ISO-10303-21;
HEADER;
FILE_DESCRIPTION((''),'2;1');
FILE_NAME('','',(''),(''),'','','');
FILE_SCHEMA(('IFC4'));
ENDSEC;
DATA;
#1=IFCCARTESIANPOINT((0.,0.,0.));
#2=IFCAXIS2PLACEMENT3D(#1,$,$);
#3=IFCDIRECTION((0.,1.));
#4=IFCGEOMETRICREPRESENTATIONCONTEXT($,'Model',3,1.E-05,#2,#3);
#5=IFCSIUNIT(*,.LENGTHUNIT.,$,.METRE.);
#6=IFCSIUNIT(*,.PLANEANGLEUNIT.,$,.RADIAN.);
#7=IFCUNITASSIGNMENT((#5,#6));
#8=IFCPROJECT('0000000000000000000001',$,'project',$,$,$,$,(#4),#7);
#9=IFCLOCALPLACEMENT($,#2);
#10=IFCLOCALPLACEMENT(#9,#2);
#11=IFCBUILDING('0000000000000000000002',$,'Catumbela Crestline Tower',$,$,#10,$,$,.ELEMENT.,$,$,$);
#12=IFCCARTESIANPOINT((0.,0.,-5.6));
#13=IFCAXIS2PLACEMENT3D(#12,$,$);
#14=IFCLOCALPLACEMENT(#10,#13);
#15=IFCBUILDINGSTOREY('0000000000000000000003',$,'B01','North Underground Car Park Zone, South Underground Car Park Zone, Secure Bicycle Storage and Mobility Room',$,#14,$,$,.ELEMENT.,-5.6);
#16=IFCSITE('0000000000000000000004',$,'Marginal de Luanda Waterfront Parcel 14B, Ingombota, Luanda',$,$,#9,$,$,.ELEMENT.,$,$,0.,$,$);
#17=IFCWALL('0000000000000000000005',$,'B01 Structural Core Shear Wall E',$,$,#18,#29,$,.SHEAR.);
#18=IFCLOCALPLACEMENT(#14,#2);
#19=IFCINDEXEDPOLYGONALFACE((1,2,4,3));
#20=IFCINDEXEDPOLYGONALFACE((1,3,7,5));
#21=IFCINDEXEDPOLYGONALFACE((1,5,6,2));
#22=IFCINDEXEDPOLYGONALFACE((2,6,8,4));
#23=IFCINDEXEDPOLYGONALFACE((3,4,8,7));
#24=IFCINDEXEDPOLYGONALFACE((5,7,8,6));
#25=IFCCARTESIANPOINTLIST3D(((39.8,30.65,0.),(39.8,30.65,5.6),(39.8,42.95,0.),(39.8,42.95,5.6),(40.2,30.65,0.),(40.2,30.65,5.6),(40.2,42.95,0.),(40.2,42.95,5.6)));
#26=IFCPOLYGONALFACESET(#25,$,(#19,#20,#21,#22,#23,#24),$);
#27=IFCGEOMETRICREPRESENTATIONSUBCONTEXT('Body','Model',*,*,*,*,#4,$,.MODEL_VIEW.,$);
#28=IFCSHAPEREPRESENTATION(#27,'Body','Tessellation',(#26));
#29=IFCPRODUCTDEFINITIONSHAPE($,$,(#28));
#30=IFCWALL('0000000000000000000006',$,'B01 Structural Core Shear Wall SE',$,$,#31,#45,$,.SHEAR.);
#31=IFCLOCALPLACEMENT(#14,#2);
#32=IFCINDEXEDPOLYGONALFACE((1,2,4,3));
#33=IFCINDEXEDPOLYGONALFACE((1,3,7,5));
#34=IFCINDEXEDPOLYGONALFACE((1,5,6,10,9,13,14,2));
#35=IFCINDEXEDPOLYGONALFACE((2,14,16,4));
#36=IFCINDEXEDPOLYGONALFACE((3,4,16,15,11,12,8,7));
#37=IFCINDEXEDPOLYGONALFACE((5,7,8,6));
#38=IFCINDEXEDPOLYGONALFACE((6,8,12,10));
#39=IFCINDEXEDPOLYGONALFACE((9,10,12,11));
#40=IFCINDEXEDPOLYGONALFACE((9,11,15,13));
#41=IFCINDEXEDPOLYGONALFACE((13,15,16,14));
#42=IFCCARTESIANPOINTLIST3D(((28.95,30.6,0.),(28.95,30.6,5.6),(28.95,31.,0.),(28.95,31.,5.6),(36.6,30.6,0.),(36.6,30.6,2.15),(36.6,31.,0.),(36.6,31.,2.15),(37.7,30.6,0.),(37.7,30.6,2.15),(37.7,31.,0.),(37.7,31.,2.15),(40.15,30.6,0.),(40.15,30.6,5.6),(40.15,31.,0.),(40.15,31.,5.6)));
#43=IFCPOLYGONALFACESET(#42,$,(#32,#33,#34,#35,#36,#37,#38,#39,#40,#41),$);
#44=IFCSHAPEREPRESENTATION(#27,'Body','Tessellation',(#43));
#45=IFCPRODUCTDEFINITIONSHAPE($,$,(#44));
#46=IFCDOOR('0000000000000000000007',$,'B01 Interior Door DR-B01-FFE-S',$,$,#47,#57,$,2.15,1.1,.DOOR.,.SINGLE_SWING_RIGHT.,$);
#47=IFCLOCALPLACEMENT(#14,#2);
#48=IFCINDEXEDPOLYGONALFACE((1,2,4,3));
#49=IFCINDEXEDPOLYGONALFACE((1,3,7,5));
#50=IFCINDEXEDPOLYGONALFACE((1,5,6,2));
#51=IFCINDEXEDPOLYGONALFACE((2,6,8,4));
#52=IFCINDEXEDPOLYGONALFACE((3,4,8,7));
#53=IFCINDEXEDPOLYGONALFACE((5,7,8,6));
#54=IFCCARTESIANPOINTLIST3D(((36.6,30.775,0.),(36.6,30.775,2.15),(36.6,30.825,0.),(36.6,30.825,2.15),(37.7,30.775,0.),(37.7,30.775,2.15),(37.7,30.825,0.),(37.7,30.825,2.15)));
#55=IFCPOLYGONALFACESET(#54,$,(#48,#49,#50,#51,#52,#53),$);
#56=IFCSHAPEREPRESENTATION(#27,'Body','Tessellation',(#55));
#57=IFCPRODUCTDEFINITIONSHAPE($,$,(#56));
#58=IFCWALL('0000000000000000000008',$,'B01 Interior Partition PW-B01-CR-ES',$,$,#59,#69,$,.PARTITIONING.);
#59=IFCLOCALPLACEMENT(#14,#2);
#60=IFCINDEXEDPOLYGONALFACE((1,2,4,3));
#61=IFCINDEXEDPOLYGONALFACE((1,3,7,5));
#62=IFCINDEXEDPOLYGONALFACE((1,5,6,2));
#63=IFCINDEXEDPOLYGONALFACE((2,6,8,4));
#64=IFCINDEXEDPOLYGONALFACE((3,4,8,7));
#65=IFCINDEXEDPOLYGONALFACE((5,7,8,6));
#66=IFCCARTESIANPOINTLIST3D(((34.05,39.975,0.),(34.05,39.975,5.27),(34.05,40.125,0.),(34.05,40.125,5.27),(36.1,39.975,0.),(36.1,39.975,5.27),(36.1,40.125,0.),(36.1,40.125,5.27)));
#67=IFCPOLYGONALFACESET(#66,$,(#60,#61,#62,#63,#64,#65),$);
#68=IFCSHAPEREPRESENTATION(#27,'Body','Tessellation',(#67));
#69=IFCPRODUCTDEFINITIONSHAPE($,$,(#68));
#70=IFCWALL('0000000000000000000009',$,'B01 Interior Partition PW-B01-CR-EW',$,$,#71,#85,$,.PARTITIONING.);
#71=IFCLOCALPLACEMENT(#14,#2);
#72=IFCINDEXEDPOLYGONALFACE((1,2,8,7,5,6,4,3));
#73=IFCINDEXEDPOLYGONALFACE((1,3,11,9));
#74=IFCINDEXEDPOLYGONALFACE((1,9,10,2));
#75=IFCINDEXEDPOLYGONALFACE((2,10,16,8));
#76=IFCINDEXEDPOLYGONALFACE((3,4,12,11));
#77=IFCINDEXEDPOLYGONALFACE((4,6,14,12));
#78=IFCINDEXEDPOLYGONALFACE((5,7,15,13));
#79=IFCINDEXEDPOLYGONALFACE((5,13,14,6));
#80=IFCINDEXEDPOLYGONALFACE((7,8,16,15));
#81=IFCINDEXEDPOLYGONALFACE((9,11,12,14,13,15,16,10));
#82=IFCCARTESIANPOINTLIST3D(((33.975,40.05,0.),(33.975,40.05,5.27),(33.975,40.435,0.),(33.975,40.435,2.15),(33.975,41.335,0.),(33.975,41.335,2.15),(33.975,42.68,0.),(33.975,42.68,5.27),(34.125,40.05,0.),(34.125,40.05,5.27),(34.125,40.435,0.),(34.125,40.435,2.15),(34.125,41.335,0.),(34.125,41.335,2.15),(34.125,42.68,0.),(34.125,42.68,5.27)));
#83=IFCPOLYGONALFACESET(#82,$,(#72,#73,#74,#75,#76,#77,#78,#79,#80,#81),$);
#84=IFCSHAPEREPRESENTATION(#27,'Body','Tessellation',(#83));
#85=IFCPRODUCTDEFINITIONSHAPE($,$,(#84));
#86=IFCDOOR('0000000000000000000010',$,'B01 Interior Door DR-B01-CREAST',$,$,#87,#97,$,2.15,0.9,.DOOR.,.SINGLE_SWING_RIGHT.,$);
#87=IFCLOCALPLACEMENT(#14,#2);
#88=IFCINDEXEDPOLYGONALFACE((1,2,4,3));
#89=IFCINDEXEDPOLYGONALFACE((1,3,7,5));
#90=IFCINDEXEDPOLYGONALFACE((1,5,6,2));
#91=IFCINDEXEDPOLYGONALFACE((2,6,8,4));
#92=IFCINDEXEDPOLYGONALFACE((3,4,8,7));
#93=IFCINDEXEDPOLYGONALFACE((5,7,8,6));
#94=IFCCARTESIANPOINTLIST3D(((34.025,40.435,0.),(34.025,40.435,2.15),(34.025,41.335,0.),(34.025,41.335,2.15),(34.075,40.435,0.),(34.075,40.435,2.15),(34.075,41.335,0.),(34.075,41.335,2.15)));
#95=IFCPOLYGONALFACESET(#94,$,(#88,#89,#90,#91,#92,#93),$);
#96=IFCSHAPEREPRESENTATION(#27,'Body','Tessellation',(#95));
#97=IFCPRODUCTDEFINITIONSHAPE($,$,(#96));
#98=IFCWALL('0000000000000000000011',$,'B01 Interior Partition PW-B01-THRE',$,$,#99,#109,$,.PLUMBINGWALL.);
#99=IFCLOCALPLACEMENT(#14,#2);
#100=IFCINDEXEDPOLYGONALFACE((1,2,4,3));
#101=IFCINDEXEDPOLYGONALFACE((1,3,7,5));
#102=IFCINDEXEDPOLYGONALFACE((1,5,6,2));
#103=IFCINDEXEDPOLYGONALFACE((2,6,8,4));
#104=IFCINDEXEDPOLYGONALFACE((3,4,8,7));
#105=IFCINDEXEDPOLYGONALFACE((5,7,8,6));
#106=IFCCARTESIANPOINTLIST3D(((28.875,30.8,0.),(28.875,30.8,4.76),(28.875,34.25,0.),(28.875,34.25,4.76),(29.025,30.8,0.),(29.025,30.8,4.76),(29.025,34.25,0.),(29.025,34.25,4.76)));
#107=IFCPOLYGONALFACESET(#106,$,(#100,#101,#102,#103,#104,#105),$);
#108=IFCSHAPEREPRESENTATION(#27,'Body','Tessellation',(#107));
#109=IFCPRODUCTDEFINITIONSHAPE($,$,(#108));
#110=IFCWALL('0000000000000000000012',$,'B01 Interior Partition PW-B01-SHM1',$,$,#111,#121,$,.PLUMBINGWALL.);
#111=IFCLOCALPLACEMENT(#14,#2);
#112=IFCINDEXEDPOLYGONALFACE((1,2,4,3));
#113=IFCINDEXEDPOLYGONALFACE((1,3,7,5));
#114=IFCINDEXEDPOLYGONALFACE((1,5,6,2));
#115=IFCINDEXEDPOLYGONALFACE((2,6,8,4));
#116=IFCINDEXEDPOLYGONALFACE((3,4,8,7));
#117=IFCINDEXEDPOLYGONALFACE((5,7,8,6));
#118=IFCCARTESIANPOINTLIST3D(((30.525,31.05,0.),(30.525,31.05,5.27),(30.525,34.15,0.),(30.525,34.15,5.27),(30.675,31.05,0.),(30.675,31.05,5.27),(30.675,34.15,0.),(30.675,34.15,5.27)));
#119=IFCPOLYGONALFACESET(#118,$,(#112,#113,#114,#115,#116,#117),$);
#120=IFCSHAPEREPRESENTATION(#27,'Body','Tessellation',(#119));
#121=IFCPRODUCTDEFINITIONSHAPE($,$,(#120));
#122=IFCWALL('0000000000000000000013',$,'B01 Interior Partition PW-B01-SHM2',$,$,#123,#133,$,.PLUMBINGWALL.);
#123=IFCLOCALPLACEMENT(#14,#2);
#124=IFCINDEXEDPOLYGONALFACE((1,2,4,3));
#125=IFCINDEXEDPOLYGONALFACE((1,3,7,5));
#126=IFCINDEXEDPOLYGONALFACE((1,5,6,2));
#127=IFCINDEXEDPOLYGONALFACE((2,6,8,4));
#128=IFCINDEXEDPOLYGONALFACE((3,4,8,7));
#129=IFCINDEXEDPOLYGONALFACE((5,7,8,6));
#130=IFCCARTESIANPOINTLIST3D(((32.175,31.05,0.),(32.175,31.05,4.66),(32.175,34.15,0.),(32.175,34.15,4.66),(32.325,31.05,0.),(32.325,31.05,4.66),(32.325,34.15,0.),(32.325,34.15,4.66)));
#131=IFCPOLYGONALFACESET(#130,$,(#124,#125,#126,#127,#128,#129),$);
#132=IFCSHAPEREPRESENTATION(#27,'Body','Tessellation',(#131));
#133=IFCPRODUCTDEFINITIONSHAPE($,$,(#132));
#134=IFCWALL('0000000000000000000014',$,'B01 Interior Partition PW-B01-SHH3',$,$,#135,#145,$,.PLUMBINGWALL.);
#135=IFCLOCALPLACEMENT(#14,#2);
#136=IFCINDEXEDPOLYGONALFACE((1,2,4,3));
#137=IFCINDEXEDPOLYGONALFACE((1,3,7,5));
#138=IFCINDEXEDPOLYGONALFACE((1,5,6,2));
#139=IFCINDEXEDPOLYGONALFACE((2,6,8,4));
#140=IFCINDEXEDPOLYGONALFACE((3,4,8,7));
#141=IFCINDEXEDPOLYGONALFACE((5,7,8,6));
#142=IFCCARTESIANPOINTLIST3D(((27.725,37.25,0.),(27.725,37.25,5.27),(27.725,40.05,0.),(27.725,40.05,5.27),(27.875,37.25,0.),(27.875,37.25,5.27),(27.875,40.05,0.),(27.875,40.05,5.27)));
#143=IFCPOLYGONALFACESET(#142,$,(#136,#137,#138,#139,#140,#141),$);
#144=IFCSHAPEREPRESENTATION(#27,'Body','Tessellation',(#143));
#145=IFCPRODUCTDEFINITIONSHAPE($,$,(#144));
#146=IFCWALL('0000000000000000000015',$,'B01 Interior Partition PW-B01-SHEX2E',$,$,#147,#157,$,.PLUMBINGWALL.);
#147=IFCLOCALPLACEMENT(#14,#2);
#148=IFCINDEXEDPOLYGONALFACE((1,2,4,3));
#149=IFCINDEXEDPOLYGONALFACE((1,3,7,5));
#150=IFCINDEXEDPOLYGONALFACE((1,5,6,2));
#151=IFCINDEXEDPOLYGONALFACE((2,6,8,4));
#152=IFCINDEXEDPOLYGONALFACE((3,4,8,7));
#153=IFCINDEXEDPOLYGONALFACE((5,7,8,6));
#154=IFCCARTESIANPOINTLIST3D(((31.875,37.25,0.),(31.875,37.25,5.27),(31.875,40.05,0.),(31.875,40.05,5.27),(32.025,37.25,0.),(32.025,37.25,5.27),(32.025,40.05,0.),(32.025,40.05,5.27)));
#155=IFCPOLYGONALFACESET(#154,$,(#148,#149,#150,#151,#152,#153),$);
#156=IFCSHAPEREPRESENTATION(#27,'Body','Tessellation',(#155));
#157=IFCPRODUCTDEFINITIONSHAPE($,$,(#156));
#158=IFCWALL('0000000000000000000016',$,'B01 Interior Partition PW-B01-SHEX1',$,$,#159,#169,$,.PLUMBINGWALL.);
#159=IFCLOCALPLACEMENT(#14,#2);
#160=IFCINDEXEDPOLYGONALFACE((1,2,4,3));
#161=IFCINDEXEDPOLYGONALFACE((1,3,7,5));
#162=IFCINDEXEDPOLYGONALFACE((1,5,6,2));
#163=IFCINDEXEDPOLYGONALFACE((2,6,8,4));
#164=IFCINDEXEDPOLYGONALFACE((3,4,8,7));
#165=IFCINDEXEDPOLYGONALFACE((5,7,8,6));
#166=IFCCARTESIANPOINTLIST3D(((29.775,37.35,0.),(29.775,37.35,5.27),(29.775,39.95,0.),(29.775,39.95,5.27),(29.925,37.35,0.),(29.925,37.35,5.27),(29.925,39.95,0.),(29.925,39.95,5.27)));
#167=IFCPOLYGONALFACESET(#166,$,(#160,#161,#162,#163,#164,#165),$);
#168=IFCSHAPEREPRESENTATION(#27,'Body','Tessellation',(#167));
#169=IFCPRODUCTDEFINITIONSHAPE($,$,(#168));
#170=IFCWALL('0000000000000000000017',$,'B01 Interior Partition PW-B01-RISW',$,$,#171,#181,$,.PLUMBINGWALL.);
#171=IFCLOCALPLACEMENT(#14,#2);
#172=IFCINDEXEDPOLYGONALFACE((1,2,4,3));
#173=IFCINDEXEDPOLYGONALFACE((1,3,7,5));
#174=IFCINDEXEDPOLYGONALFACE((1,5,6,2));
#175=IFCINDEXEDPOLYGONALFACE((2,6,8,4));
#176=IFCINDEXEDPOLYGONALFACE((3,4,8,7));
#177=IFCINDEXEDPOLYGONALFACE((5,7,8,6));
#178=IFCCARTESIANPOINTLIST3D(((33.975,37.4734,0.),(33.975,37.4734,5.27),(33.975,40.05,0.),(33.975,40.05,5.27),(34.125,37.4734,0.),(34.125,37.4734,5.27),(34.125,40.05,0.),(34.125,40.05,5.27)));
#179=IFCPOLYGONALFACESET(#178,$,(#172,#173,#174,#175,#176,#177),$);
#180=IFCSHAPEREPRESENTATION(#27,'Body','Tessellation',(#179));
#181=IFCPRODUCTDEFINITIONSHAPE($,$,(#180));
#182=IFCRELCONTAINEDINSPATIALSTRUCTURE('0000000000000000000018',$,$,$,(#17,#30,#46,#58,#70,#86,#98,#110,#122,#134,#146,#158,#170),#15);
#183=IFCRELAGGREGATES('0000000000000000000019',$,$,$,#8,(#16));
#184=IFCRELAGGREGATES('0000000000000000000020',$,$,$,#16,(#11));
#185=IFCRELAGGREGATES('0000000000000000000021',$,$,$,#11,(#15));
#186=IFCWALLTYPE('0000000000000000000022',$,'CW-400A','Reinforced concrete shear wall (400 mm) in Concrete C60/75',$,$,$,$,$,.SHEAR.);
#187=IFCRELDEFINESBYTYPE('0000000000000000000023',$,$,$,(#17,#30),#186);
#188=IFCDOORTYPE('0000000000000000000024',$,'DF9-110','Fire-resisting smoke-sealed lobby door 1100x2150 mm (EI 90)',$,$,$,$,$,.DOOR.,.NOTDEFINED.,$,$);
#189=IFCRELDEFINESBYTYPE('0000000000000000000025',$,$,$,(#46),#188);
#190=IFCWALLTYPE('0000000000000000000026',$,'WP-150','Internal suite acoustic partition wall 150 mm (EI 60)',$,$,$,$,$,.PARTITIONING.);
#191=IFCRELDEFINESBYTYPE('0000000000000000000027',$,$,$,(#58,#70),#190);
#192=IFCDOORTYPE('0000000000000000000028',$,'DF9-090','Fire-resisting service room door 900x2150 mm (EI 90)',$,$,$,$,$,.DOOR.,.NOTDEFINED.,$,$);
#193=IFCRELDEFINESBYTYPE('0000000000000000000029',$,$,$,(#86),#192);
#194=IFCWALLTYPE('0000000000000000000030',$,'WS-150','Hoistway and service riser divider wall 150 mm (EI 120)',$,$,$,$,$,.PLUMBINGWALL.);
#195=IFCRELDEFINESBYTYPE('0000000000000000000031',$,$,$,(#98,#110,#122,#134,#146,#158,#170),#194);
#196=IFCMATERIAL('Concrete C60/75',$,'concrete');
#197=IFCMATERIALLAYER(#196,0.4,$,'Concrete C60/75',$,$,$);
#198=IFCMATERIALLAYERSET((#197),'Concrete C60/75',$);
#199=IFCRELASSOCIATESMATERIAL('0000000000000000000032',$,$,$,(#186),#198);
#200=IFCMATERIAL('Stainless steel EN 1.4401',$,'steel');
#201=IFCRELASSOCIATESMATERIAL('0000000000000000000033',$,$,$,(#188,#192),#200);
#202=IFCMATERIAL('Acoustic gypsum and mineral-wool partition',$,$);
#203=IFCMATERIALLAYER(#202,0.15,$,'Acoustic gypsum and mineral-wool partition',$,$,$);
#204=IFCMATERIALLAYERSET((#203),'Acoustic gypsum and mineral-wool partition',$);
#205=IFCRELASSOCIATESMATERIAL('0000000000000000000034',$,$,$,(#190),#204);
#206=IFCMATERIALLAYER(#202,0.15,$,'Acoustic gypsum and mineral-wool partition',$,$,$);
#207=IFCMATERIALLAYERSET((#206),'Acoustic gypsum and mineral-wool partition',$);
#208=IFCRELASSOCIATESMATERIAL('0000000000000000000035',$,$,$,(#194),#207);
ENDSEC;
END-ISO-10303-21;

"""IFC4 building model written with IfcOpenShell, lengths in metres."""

from ifc_helpers import new_model, si_unit, direction, frame, frame_2d, origin, place, context, subcontext, project, spatial, rectangle, extrude, material, layer, layer_set, type_object, element, fill, save


model = new_model("IFC4")

# Units and contexts
model_context = context("Model", 3, precision=1e-05, world=origin(), true_north=direction((0.0, 1.0)))
body_context = subcontext(model_context, "Body", "Model", "MODEL_VIEW")
ifc_project = project(units=[si_unit("LENGTHUNIT", "METRE"), si_unit("PLANEANGLEUNIT", "RADIAN")], contexts=[model_context])

# Site, building, storey
site_placement = place(None, origin())
site = spatial("IfcSite", under=ifc_project, at=site_placement, Name="Marginal de Luanda Waterfront Parcel 14B, Ingombota, Luanda", CompositionType="ELEMENT", RefElevation=0.0)
building_placement = place(site_placement, origin())
building = spatial("IfcBuilding", under=site, at=building_placement, Name="Catumbela Crestline Tower", CompositionType="ELEMENT")
storey_placement = place(building_placement, frame((0.0, 0.0, -5.6)))
storey = spatial("IfcBuildingStorey", under=building, at=storey_placement, Name="B01", Description="North Underground Car Park Zone, South Underground Car Park Zone, Secure Bicycle Storage and Mobility Room", CompositionType="ELEMENT", Elevation=-5.6)

# Shared definitions
ifc_material_1 = material(Name="Concrete C60/75", Category="concrete")

# Shared definitions
ifc_material_2 = material(Name="Stainless steel EN 1.4401", Category="steel")

# Wall
ifc_layer_1 = layer(ifc_material_1, 0.4, Name="Concrete C60/75")
ifc_layer_set_1 = layer_set([ifc_layer_1], Name="Concrete C60/75")
wall_type_1 = type_object("IfcWallType", Name="CW-400A", Description="Reinforced concrete shear wall (400 mm) in Concrete C60/75", PredefinedType="SHEAR", material=ifc_layer_set_1)
wall_1_placement = place(storey_placement, frame((40.0, 30.65, 0.0), z_axis=(0.0, 0.0, 1.0), x_axis=(0.0, 1.0, 0.0)))
element("IfcWall", 1, at=wall_1_placement, inside=storey, type_object=wall_type_1, Name="B01 Structural Core Shear Wall E", PredefinedType="SHEAR", context=body_context, shape_type="SweptSolid", body=[
    extrude(rectangle(XDim=12.3, YDim=0.4, at=frame_2d((6.15, 0.0))), origin(), (0.0, 0.0, 1.0), 5.6),
])

# Wall, opening, door
wall_2_placement = place(storey_placement, frame((28.95, 30.8, 0.0), z_axis=(0.0, 0.0, 1.0), x_axis=(1.0, 0.0, 0.0)))
wall_2 = element("IfcWall", 2, at=wall_2_placement, inside=storey, type_object=wall_type_1, Name="B01 Structural Core Shear Wall SE", PredefinedType="SHEAR", context=body_context, shape_type="SweptSolid", body=[
    extrude(rectangle(XDim=11.2, YDim=0.4, at=frame_2d((5.6, 0.0))), origin(), (0.0, 0.0, 1.0), 5.6),
])
opening_1_placement = place(wall_2_placement, frame((7.65, 0.0, 0.0)))
opening_1 = element("IfcOpeningElement", 3, at=opening_1_placement, cuts=wall_2, PredefinedType="OPENING", context=body_context, shape_type="SweptSolid", body=[
    extrude(rectangle(XDim=1.1, YDim=2.15, at=frame_2d((0.55, 1.075))), frame((0.0, 0.21, 0.0), z_axis=(0.0, -1.0, 0.0), x_axis=(1.0, 0.0, 0.0)), (0.0, 0.0, 1.0), 0.42),
])
door_type_1 = type_object("IfcDoorType", Name="DF9-110", Description="Fire-resisting smoke-sealed lobby door 1100x2150 mm (EI 90)", OperationType="NOTDEFINED", PredefinedType="DOOR", material=ifc_material_2)
door_1_placement = place(opening_1_placement, origin())
door_1 = element("IfcDoor", 4, at=door_1_placement, inside=storey, type_object=door_type_1, Name="B01 Interior Door DR-B01-FFE-S", OperationType="SINGLE_SWING_RIGHT", OverallHeight=2.15, OverallWidth=1.1, PredefinedType="DOOR", context=body_context, shape_type="SweptSolid", body=[
    extrude(rectangle(XDim=1.1, YDim=2.15, at=frame_2d((0.55, 1.075))), frame((0.0, 0.025, 0.0), z_axis=(0.0, -1.0, 0.0), x_axis=(1.0, 0.0, 0.0)), (0.0, 0.0, 1.0), 0.05),
])
fill(opening_1, door_1)

# Wall
ifc_material_3 = material(Name="Acoustic gypsum and mineral-wool partition")
ifc_layer_2 = layer(ifc_material_3, 0.15, Name="Acoustic gypsum and mineral-wool partition")
ifc_layer_set_2 = layer_set([ifc_layer_2], Name="Acoustic gypsum and mineral-wool partition")
wall_type_2 = type_object("IfcWallType", Name="WP-150", Description="Internal suite acoustic partition wall 150 mm (EI 60)", PredefinedType="PARTITIONING", material=ifc_layer_set_2)
wall_3_placement = place(storey_placement, frame((34.05, 40.05, 0.0), z_axis=(0.0, 0.0, 1.0), x_axis=(1.0, 0.0, 0.0)))
element("IfcWall", 5, at=wall_3_placement, inside=storey, type_object=wall_type_2, Name="B01 Interior Partition PW-B01-CR-ES", PredefinedType="PARTITIONING", context=body_context, shape_type="SweptSolid", body=[
    extrude(rectangle(XDim=2.05, YDim=0.15, at=frame_2d((1.025, 0.0))), origin(), (0.0, 0.0, 1.0), 5.27),
])

# Wall, opening, door
wall_4_placement = place(storey_placement, frame((34.05, 40.05, 0.0), z_axis=(0.0, 0.0, 1.0), x_axis=(0.0, 1.0, 0.0)))
wall_4 = element("IfcWall", 6, at=wall_4_placement, inside=storey, type_object=wall_type_2, Name="B01 Interior Partition PW-B01-CR-EW", PredefinedType="PARTITIONING", context=body_context, shape_type="SweptSolid", body=[
    extrude(rectangle(XDim=2.63, YDim=0.15, at=frame_2d((1.315, 0.0))), origin(), (0.0, 0.0, 1.0), 5.27),
])
opening_2_placement = place(wall_4_placement, frame((0.385, 0.0, 0.0)))
opening_2 = element("IfcOpeningElement", 7, at=opening_2_placement, cuts=wall_4, PredefinedType="OPENING", context=body_context, shape_type="SweptSolid", body=[
    extrude(rectangle(XDim=0.9, YDim=2.15, at=frame_2d((0.45, 1.075))), frame((0.0, 0.085, 0.0), z_axis=(0.0, -1.0, 0.0), x_axis=(1.0, 0.0, 0.0)), (0.0, 0.0, 1.0), 0.17),
])
door_type_2 = type_object("IfcDoorType", Name="DF9-090", Description="Fire-resisting service room door 900x2150 mm (EI 90)", OperationType="NOTDEFINED", PredefinedType="DOOR", material=ifc_material_2)
door_2_placement = place(opening_2_placement, origin())
door_2 = element("IfcDoor", 8, at=door_2_placement, inside=storey, type_object=door_type_2, Name="B01 Interior Door DR-B01-CREAST", OperationType="SINGLE_SWING_RIGHT", OverallHeight=2.15, OverallWidth=0.9, PredefinedType="DOOR", context=body_context, shape_type="SweptSolid", body=[
    extrude(rectangle(XDim=0.9, YDim=2.15, at=frame_2d((0.45, 1.075))), frame((0.0, 0.025, 0.0), z_axis=(0.0, -1.0, 0.0), x_axis=(1.0, 0.0, 0.0)), (0.0, 0.0, 1.0), 0.05),
])
fill(opening_2, door_2)

# Walls
ifc_layer_3 = layer(ifc_material_3, 0.15, Name="Acoustic gypsum and mineral-wool partition")
ifc_layer_set_3 = layer_set([ifc_layer_3], Name="Acoustic gypsum and mineral-wool partition")
wall_type_3 = type_object("IfcWallType", Name="WS-150", Description="Hoistway and service riser divider wall 150 mm (EI 120)", PredefinedType="PLUMBINGWALL", material=ifc_layer_set_3)
wall_5_placement = place(storey_placement, frame((28.95, 30.8, 0.0), z_axis=(0.0, 0.0, 1.0), x_axis=(0.0, 1.0, 0.0)))
element("IfcWall", 9, at=wall_5_placement, inside=storey, type_object=wall_type_3, Name="B01 Interior Partition PW-B01-THRE", PredefinedType="PLUMBINGWALL", context=body_context, shape_type="SweptSolid", body=[
    extrude(rectangle(XDim=3.45, YDim=0.15, at=frame_2d((1.725, 0.0))), origin(), (0.0, 0.0, 1.0), 4.76),
])
wall_6_placement = place(storey_placement, frame((30.6, 31.05, 0.0), z_axis=(0.0, 0.0, 1.0), x_axis=(0.0, 1.0, 0.0)))
element("IfcWall", 10, at=wall_6_placement, inside=storey, type_object=wall_type_3, Name="B01 Interior Partition PW-B01-SHM1", PredefinedType="PLUMBINGWALL", context=body_context, shape_type="SweptSolid", body=[
    extrude(rectangle(XDim=3.1, YDim=0.15, at=frame_2d((1.55, 0.0))), origin(), (0.0, 0.0, 1.0), 5.27),
])
wall_7_placement = place(storey_placement, frame((32.25, 31.05, 0.0), z_axis=(0.0, 0.0, 1.0), x_axis=(0.0, 1.0, 0.0)))
element("IfcWall", 11, at=wall_7_placement, inside=storey, type_object=wall_type_3, Name="B01 Interior Partition PW-B01-SHM2", PredefinedType="PLUMBINGWALL", context=body_context, shape_type="SweptSolid", body=[
    extrude(rectangle(XDim=3.1, YDim=0.15, at=frame_2d((1.55, 0.0))), origin(), (0.0, 0.0, 1.0), 4.66),
])
for number, where, z_axis, x_axis, name in (
    (12, (27.8, 37.25, 0.0), (0.0, 0.0, 1.0), (0.0, 1.0, 0.0), "B01 Interior Partition PW-B01-SHH3"),
    (13, (31.95, 37.25, 0.0), (0.0, 0.0, 1.0), (0.0, 1.0, 0.0), "B01 Interior Partition PW-B01-SHEX2E"),
):
    element("IfcWall", number, at=place(storey_placement, frame(where, z_axis=z_axis, x_axis=x_axis)), inside=storey, type_object=wall_type_3, Name=name, PredefinedType="PLUMBINGWALL", context=body_context, shape_type="SweptSolid", body=[
        extrude(rectangle(XDim=2.8, YDim=0.15, at=frame_2d((1.4, 0.0))), origin(), (0.0, 0.0, 1.0), 5.27),
    ])
wall_8_placement = place(storey_placement, frame((29.85, 37.35, 0.0), z_axis=(0.0, 0.0, 1.0), x_axis=(0.0, 1.0, 0.0)))
element("IfcWall", 14, at=wall_8_placement, inside=storey, type_object=wall_type_3, Name="B01 Interior Partition PW-B01-SHEX1", PredefinedType="PLUMBINGWALL", context=body_context, shape_type="SweptSolid", body=[
    extrude(rectangle(XDim=2.6, YDim=0.15, at=frame_2d((1.3, 0.0))), origin(), (0.0, 0.0, 1.0), 5.27),
])
wall_9_placement = place(storey_placement, frame((34.05, 37.4734, 0.0), z_axis=(0.0, 0.0, 1.0), x_axis=(0.0, 1.0, 0.0)))
element("IfcWall", 15, at=wall_9_placement, inside=storey, type_object=wall_type_3, Name="B01 Interior Partition PW-B01-RISW", PredefinedType="PLUMBINGWALL", context=body_context, shape_type="SweptSolid", body=[
    extrude(rectangle(XDim=2.5766, YDim=0.15, at=frame_2d((1.2883, 0.0))), origin(), (0.0, 0.0, 1.0), 5.27),
])

save(model, "model.ifc")
